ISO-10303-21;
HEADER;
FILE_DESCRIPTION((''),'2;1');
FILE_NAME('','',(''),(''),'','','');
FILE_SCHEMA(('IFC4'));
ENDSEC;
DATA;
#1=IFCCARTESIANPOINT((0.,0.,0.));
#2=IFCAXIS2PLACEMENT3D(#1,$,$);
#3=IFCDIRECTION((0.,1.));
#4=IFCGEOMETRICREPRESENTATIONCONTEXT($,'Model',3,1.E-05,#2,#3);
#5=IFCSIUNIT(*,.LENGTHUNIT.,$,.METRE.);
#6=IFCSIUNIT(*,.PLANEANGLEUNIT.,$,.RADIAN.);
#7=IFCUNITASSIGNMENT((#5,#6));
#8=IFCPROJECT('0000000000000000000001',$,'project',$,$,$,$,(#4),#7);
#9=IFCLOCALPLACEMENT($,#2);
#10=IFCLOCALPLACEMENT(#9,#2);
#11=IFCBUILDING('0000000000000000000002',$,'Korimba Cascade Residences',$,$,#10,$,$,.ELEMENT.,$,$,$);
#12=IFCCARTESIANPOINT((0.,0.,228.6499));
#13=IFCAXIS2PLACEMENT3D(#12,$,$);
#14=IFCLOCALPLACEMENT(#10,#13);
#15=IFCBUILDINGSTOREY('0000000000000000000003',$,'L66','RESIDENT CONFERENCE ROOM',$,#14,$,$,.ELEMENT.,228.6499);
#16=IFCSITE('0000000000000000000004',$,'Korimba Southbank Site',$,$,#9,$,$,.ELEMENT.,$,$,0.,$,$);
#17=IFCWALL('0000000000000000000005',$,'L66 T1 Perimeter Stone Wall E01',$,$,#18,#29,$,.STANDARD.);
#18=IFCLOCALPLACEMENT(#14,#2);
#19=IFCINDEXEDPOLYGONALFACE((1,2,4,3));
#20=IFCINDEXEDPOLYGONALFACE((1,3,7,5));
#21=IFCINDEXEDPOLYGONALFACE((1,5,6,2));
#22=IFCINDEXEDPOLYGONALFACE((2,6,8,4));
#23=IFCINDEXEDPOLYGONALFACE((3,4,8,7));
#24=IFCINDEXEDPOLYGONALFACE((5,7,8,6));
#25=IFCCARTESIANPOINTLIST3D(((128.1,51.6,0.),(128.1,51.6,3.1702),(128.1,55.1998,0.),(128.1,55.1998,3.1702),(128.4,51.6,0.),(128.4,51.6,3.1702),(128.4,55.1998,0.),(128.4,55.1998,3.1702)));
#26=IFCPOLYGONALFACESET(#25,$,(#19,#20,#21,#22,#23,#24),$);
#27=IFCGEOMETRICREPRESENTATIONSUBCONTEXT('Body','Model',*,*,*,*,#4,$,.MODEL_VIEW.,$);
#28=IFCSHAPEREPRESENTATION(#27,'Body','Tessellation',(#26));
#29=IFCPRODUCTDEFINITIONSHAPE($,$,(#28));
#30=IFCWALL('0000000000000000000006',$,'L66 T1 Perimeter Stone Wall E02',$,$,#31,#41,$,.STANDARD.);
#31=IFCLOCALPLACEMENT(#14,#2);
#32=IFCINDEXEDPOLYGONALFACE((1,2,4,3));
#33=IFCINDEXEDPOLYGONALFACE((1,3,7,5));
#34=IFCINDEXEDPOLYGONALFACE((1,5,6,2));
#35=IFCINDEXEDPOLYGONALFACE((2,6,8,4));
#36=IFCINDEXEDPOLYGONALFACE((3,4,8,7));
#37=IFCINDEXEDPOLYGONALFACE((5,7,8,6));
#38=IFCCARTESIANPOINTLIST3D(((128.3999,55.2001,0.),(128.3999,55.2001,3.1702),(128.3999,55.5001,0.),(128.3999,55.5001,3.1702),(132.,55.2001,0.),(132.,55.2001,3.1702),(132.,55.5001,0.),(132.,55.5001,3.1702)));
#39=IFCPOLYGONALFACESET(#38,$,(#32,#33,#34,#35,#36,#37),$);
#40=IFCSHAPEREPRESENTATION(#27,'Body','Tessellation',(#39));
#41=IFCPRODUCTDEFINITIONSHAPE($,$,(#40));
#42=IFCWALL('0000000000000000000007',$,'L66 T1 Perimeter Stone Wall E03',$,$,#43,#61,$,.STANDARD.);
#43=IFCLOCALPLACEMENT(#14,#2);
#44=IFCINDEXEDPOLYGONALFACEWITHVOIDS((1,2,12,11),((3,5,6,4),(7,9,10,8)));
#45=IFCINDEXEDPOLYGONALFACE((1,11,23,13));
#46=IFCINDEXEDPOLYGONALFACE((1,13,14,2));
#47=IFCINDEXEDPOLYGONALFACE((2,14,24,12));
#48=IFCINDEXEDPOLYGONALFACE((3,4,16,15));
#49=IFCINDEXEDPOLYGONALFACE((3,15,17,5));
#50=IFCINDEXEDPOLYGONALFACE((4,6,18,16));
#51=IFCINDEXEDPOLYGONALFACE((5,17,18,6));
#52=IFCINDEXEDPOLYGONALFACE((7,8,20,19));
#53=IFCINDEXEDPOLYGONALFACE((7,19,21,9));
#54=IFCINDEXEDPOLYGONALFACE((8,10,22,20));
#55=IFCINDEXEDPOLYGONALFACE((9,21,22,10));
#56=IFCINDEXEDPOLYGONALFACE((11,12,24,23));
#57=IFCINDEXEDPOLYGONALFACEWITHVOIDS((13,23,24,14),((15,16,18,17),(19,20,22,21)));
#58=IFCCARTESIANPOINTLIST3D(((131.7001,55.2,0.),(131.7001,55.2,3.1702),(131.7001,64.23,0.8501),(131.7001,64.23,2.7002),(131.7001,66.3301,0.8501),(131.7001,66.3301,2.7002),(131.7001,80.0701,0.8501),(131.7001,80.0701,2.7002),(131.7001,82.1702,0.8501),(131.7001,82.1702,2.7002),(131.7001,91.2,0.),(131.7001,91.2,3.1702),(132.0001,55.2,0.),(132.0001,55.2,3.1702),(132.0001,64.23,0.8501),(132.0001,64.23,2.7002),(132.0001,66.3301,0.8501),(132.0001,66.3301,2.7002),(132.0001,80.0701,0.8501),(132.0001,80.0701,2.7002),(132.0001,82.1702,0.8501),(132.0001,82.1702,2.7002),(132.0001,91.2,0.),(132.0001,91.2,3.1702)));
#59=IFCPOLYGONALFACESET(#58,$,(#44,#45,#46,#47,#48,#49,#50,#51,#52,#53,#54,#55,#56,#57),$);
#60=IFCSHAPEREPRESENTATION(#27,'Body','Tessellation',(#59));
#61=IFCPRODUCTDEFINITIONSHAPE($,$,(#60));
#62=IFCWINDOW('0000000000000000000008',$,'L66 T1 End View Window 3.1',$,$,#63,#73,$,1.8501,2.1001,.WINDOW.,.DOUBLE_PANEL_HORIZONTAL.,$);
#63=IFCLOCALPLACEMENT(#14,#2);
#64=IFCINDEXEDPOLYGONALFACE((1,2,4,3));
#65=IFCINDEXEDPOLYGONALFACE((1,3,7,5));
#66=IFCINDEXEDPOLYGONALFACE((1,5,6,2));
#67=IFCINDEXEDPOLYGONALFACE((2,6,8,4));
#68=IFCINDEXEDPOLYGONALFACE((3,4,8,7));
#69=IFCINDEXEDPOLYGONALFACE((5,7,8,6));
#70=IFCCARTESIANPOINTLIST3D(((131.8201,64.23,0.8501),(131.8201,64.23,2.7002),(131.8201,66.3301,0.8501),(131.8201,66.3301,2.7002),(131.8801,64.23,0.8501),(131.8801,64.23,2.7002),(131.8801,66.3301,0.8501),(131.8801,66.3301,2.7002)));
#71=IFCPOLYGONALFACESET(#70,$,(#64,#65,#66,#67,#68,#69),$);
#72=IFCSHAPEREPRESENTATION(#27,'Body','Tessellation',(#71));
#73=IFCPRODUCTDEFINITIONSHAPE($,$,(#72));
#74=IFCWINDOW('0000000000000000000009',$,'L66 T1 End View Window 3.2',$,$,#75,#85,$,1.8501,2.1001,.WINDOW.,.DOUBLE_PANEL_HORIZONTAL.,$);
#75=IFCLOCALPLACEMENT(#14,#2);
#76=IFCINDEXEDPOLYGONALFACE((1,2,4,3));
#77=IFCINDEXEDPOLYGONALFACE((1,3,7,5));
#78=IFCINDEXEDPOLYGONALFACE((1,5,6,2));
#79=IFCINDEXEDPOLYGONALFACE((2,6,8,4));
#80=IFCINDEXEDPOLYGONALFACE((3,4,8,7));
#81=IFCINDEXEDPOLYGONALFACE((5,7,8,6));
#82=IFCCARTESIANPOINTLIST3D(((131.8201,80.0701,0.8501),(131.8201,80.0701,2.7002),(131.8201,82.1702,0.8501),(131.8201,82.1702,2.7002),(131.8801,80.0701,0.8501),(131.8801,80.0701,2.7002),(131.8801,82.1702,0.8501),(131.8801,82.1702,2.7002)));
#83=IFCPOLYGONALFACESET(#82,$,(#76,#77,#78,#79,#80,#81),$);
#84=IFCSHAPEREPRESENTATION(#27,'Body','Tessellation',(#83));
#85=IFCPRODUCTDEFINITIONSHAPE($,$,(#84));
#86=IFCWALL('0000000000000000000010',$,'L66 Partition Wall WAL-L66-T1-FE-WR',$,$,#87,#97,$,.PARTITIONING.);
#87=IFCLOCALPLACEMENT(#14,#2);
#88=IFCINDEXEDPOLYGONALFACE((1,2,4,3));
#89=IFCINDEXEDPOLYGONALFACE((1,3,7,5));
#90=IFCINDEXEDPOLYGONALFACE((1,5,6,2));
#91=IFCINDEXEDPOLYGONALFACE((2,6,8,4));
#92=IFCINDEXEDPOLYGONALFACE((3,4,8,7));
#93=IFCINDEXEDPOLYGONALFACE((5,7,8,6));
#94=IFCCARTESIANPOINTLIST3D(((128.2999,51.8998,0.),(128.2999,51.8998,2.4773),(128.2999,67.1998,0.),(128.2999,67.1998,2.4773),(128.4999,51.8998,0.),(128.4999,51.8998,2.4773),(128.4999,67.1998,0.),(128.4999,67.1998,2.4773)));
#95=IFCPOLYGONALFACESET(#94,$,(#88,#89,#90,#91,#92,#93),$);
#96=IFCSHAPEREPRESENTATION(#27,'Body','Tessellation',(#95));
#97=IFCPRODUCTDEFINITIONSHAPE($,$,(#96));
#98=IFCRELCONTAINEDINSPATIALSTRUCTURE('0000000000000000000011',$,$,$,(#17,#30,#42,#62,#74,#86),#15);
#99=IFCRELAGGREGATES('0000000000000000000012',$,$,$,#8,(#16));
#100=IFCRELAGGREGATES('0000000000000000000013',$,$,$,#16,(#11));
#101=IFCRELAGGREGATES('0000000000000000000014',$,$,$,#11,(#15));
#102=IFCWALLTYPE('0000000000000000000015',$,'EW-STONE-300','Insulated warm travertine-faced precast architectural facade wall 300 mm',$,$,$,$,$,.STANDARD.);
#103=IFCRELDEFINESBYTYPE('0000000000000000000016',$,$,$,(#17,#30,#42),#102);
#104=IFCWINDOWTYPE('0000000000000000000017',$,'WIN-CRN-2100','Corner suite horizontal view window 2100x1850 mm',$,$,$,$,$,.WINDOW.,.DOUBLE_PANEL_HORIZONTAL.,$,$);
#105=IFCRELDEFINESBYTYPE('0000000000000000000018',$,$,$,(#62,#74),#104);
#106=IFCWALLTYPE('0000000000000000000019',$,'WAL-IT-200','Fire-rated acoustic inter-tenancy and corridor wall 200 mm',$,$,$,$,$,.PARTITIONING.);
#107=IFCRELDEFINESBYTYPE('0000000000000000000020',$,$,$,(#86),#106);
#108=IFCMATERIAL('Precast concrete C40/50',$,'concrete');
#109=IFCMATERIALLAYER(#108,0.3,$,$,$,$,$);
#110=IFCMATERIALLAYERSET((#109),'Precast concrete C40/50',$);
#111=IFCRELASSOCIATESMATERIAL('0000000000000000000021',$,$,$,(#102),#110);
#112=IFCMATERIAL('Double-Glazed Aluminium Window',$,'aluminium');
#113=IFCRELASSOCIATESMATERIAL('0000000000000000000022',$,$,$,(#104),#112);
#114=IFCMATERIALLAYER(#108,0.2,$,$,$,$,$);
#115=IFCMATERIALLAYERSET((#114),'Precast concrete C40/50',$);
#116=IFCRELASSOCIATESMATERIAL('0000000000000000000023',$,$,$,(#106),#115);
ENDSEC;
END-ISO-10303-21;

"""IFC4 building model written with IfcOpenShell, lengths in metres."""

from ifc_helpers import new_model, si_unit, direction, frame, frame_2d, origin, place, context, subcontext, project, spatial, rectangle, extrude, material, layer, layer_set, type_object, element, fill, save


model = new_model("IFC4")

# Units and contexts
model_context = context("Model", 3, precision=1e-05, world=origin(), true_north=direction((0.0, 1.0)))
body_context = subcontext(model_context, "Body", "Model", "MODEL_VIEW")
ifc_project = project(units=[si_unit("LENGTHUNIT", "METRE"), si_unit("PLANEANGLEUNIT", "RADIAN")], contexts=[model_context])

# Site, building, storey
site_placement = place(None, origin())
site = spatial("IfcSite", under=ifc_project, at=site_placement, Name="Korimba Southbank Site", CompositionType="ELEMENT", RefElevation=0.0)
building_placement = place(site_placement, origin())
building = spatial("IfcBuilding", under=site, at=building_placement, Name="Korimba Cascade Residences", CompositionType="ELEMENT")
storey_placement = place(building_placement, frame((0.0, 0.0, 228.6499)))
storey = spatial("IfcBuildingStorey", under=building, at=storey_placement, Name="L66", Description="RESIDENT CONFERENCE ROOM", CompositionType="ELEMENT", Elevation=228.6499)

# Walls
ifc_material_1 = material(Name="Precast concrete C40/50", Category="concrete")
ifc_layer_1 = layer(ifc_material_1, 0.3)
ifc_layer_set_1 = layer_set([ifc_layer_1], Name="Precast concrete C40/50")
wall_type_1 = type_object("IfcWallType", Name="EW-STONE-300", Description="Insulated warm travertine-faced precast architectural facade wall 300 mm", PredefinedType="STANDARD", material=ifc_layer_set_1)
wall_1_placement = place(storey_placement, frame((128.25, 51.6001, 0.0), z_axis=(0.0, 0.0, 1.0), x_axis=(0.0, 1.0, 0.0)))
element("IfcWall", 1, at=wall_1_placement, inside=storey, type_object=wall_type_1, Name="L66 T1 Perimeter Stone Wall E01", PredefinedType="STANDARD", context=body_context, shape_type="SweptSolid", body=[
    extrude(rectangle(XDim=3.5999, YDim=0.3, at=frame_2d((1.7998, 0.0))), origin(), (0.0, 0.0, 1.0), 3.1702),
])
wall_2_placement = place(storey_placement, frame((128.3999, 55.3501, 0.0), z_axis=(0.0, 0.0, 1.0), x_axis=(1.0, 0.0, 0.0)))
element("IfcWall", 2, at=wall_2_placement, inside=storey, type_object=wall_type_1, Name="L66 T1 Perimeter Stone Wall E02", PredefinedType="STANDARD", context=body_context, shape_type="SweptSolid", body=[
    extrude(rectangle(XDim=3.6001, YDim=0.3, at=frame_2d((1.8, 0.0))), origin(), (0.0, 0.0, 1.0), 3.1702),
])

# Wall, openings, windows
wall_3_placement = place(storey_placement, frame((131.8501, 55.2, 0.0), z_axis=(0.0, 0.0, 1.0), x_axis=(0.0, 1.0, 0.0)))
wall_3 = element("IfcWall", 3, at=wall_3_placement, inside=storey, type_object=wall_type_1, Name="L66 T1 Perimeter Stone Wall E03", PredefinedType="STANDARD", context=body_context, shape_type="SweptSolid", body=[
    extrude(rectangle(XDim=36.0, YDim=0.3, at=frame_2d((18.0, 0.0))), origin(), (0.0, 0.0, 1.0), 3.1702),
])
opening_1_placement = place(wall_3_placement, frame((9.03, 0.0, 0.8501)))
opening_1 = element("IfcOpeningElement", 4, at=opening_1_placement, cuts=wall_3, PredefinedType="OPENING", context=body_context, shape_type="SweptSolid", body=[
    extrude(rectangle(XDim=2.1001, YDim=1.8501, at=frame_2d((1.05, 0.925))), frame((0.0, 0.1602, 0.0), z_axis=(0.0, -1.0, 0.0), x_axis=(1.0, 0.0, 0.0)), (0.0, 0.0, 1.0), 0.3201),
])
opening_2_placement = place(wall_3_placement, frame((24.8701, 0.0, 0.8501)))
opening_2 = element("IfcOpeningElement", 5, at=opening_2_placement, cuts=wall_3, PredefinedType="OPENING", context=body_context, shape_type="SweptSolid", body=[
    extrude(rectangle(XDim=2.1001, YDim=1.8501, at=frame_2d((1.05, 0.925))), frame((0.0, 0.1602, 0.0), z_axis=(0.0, -1.0, 0.0), x_axis=(1.0, 0.0, 0.0)), (0.0, 0.0, 1.0), 0.3201),
])
ifc_material_2 = material(Name="Double-Glazed Aluminium Window", Category="aluminium")
window_type = type_object("IfcWindowType", Name="WIN-CRN-2100", Description="Corner suite horizontal view window 2100x1850 mm", PartitioningType="DOUBLE_PANEL_HORIZONTAL", PredefinedType="WINDOW", material=ifc_material_2)
window_1_placement = place(opening_1_placement, origin())
window_1 = element("IfcWindow", 6, at=window_1_placement, inside=storey, type_object=window_type, Name="L66 T1 End View Window 3.1", OverallHeight=1.8501, OverallWidth=2.1001, PartitioningType="DOUBLE_PANEL_HORIZONTAL", PredefinedType="WINDOW", context=body_context, shape_type="SweptSolid", body=[
    extrude(rectangle(XDim=2.1001, YDim=1.8501, at=frame_2d((1.05, 0.925))), frame((0.0, 0.03, 0.0), z_axis=(0.0, -1.0, 0.0), x_axis=(1.0, 0.0, 0.0)), (0.0, 0.0, 1.0), 0.0601),
])
fill(opening_1, window_1)
window_2_placement = place(opening_2_placement, origin())
window_2 = element("IfcWindow", 7, at=window_2_placement, inside=storey, type_object=window_type, Name="L66 T1 End View Window 3.2", OverallHeight=1.8501, OverallWidth=2.1001, PartitioningType="DOUBLE_PANEL_HORIZONTAL", PredefinedType="WINDOW", context=body_context, shape_type="SweptSolid", body=[
    extrude(rectangle(XDim=2.1001, YDim=1.8501, at=frame_2d((1.05, 0.925))), frame((0.0, 0.03, 0.0), z_axis=(0.0, -1.0, 0.0), x_axis=(1.0, 0.0, 0.0)), (0.0, 0.0, 1.0), 0.0601),
])
fill(opening_2, window_2)

# Wall
ifc_layer_2 = layer(ifc_material_1, 0.2)
ifc_layer_set_2 = layer_set([ifc_layer_2], Name="Precast concrete C40/50")
wall_type_2 = type_object("IfcWallType", Name="WAL-IT-200", Description="Fire-rated acoustic inter-tenancy and corridor wall 200 mm", PredefinedType="PARTITIONING", material=ifc_layer_set_2)
wall_4_placement = place(storey_placement, frame((128.3999, 51.8999, 0.0), z_axis=(0.0, 0.0, 1.0), x_axis=(0.0, 1.0, 0.0)))
element("IfcWall", 8, at=wall_4_placement, inside=storey, type_object=wall_type_2, Name="L66 Partition Wall WAL-L66-T1-FE-WR", PredefinedType="PARTITIONING", context=body_context, shape_type="SweptSolid", body=[
    extrude(rectangle(XDim=15.3, YDim=0.2, at=frame_2d((7.6499, 0.0))), origin(), (0.0, 0.0, 1.0), 2.4773),
])

save(model, "model.ifc")
